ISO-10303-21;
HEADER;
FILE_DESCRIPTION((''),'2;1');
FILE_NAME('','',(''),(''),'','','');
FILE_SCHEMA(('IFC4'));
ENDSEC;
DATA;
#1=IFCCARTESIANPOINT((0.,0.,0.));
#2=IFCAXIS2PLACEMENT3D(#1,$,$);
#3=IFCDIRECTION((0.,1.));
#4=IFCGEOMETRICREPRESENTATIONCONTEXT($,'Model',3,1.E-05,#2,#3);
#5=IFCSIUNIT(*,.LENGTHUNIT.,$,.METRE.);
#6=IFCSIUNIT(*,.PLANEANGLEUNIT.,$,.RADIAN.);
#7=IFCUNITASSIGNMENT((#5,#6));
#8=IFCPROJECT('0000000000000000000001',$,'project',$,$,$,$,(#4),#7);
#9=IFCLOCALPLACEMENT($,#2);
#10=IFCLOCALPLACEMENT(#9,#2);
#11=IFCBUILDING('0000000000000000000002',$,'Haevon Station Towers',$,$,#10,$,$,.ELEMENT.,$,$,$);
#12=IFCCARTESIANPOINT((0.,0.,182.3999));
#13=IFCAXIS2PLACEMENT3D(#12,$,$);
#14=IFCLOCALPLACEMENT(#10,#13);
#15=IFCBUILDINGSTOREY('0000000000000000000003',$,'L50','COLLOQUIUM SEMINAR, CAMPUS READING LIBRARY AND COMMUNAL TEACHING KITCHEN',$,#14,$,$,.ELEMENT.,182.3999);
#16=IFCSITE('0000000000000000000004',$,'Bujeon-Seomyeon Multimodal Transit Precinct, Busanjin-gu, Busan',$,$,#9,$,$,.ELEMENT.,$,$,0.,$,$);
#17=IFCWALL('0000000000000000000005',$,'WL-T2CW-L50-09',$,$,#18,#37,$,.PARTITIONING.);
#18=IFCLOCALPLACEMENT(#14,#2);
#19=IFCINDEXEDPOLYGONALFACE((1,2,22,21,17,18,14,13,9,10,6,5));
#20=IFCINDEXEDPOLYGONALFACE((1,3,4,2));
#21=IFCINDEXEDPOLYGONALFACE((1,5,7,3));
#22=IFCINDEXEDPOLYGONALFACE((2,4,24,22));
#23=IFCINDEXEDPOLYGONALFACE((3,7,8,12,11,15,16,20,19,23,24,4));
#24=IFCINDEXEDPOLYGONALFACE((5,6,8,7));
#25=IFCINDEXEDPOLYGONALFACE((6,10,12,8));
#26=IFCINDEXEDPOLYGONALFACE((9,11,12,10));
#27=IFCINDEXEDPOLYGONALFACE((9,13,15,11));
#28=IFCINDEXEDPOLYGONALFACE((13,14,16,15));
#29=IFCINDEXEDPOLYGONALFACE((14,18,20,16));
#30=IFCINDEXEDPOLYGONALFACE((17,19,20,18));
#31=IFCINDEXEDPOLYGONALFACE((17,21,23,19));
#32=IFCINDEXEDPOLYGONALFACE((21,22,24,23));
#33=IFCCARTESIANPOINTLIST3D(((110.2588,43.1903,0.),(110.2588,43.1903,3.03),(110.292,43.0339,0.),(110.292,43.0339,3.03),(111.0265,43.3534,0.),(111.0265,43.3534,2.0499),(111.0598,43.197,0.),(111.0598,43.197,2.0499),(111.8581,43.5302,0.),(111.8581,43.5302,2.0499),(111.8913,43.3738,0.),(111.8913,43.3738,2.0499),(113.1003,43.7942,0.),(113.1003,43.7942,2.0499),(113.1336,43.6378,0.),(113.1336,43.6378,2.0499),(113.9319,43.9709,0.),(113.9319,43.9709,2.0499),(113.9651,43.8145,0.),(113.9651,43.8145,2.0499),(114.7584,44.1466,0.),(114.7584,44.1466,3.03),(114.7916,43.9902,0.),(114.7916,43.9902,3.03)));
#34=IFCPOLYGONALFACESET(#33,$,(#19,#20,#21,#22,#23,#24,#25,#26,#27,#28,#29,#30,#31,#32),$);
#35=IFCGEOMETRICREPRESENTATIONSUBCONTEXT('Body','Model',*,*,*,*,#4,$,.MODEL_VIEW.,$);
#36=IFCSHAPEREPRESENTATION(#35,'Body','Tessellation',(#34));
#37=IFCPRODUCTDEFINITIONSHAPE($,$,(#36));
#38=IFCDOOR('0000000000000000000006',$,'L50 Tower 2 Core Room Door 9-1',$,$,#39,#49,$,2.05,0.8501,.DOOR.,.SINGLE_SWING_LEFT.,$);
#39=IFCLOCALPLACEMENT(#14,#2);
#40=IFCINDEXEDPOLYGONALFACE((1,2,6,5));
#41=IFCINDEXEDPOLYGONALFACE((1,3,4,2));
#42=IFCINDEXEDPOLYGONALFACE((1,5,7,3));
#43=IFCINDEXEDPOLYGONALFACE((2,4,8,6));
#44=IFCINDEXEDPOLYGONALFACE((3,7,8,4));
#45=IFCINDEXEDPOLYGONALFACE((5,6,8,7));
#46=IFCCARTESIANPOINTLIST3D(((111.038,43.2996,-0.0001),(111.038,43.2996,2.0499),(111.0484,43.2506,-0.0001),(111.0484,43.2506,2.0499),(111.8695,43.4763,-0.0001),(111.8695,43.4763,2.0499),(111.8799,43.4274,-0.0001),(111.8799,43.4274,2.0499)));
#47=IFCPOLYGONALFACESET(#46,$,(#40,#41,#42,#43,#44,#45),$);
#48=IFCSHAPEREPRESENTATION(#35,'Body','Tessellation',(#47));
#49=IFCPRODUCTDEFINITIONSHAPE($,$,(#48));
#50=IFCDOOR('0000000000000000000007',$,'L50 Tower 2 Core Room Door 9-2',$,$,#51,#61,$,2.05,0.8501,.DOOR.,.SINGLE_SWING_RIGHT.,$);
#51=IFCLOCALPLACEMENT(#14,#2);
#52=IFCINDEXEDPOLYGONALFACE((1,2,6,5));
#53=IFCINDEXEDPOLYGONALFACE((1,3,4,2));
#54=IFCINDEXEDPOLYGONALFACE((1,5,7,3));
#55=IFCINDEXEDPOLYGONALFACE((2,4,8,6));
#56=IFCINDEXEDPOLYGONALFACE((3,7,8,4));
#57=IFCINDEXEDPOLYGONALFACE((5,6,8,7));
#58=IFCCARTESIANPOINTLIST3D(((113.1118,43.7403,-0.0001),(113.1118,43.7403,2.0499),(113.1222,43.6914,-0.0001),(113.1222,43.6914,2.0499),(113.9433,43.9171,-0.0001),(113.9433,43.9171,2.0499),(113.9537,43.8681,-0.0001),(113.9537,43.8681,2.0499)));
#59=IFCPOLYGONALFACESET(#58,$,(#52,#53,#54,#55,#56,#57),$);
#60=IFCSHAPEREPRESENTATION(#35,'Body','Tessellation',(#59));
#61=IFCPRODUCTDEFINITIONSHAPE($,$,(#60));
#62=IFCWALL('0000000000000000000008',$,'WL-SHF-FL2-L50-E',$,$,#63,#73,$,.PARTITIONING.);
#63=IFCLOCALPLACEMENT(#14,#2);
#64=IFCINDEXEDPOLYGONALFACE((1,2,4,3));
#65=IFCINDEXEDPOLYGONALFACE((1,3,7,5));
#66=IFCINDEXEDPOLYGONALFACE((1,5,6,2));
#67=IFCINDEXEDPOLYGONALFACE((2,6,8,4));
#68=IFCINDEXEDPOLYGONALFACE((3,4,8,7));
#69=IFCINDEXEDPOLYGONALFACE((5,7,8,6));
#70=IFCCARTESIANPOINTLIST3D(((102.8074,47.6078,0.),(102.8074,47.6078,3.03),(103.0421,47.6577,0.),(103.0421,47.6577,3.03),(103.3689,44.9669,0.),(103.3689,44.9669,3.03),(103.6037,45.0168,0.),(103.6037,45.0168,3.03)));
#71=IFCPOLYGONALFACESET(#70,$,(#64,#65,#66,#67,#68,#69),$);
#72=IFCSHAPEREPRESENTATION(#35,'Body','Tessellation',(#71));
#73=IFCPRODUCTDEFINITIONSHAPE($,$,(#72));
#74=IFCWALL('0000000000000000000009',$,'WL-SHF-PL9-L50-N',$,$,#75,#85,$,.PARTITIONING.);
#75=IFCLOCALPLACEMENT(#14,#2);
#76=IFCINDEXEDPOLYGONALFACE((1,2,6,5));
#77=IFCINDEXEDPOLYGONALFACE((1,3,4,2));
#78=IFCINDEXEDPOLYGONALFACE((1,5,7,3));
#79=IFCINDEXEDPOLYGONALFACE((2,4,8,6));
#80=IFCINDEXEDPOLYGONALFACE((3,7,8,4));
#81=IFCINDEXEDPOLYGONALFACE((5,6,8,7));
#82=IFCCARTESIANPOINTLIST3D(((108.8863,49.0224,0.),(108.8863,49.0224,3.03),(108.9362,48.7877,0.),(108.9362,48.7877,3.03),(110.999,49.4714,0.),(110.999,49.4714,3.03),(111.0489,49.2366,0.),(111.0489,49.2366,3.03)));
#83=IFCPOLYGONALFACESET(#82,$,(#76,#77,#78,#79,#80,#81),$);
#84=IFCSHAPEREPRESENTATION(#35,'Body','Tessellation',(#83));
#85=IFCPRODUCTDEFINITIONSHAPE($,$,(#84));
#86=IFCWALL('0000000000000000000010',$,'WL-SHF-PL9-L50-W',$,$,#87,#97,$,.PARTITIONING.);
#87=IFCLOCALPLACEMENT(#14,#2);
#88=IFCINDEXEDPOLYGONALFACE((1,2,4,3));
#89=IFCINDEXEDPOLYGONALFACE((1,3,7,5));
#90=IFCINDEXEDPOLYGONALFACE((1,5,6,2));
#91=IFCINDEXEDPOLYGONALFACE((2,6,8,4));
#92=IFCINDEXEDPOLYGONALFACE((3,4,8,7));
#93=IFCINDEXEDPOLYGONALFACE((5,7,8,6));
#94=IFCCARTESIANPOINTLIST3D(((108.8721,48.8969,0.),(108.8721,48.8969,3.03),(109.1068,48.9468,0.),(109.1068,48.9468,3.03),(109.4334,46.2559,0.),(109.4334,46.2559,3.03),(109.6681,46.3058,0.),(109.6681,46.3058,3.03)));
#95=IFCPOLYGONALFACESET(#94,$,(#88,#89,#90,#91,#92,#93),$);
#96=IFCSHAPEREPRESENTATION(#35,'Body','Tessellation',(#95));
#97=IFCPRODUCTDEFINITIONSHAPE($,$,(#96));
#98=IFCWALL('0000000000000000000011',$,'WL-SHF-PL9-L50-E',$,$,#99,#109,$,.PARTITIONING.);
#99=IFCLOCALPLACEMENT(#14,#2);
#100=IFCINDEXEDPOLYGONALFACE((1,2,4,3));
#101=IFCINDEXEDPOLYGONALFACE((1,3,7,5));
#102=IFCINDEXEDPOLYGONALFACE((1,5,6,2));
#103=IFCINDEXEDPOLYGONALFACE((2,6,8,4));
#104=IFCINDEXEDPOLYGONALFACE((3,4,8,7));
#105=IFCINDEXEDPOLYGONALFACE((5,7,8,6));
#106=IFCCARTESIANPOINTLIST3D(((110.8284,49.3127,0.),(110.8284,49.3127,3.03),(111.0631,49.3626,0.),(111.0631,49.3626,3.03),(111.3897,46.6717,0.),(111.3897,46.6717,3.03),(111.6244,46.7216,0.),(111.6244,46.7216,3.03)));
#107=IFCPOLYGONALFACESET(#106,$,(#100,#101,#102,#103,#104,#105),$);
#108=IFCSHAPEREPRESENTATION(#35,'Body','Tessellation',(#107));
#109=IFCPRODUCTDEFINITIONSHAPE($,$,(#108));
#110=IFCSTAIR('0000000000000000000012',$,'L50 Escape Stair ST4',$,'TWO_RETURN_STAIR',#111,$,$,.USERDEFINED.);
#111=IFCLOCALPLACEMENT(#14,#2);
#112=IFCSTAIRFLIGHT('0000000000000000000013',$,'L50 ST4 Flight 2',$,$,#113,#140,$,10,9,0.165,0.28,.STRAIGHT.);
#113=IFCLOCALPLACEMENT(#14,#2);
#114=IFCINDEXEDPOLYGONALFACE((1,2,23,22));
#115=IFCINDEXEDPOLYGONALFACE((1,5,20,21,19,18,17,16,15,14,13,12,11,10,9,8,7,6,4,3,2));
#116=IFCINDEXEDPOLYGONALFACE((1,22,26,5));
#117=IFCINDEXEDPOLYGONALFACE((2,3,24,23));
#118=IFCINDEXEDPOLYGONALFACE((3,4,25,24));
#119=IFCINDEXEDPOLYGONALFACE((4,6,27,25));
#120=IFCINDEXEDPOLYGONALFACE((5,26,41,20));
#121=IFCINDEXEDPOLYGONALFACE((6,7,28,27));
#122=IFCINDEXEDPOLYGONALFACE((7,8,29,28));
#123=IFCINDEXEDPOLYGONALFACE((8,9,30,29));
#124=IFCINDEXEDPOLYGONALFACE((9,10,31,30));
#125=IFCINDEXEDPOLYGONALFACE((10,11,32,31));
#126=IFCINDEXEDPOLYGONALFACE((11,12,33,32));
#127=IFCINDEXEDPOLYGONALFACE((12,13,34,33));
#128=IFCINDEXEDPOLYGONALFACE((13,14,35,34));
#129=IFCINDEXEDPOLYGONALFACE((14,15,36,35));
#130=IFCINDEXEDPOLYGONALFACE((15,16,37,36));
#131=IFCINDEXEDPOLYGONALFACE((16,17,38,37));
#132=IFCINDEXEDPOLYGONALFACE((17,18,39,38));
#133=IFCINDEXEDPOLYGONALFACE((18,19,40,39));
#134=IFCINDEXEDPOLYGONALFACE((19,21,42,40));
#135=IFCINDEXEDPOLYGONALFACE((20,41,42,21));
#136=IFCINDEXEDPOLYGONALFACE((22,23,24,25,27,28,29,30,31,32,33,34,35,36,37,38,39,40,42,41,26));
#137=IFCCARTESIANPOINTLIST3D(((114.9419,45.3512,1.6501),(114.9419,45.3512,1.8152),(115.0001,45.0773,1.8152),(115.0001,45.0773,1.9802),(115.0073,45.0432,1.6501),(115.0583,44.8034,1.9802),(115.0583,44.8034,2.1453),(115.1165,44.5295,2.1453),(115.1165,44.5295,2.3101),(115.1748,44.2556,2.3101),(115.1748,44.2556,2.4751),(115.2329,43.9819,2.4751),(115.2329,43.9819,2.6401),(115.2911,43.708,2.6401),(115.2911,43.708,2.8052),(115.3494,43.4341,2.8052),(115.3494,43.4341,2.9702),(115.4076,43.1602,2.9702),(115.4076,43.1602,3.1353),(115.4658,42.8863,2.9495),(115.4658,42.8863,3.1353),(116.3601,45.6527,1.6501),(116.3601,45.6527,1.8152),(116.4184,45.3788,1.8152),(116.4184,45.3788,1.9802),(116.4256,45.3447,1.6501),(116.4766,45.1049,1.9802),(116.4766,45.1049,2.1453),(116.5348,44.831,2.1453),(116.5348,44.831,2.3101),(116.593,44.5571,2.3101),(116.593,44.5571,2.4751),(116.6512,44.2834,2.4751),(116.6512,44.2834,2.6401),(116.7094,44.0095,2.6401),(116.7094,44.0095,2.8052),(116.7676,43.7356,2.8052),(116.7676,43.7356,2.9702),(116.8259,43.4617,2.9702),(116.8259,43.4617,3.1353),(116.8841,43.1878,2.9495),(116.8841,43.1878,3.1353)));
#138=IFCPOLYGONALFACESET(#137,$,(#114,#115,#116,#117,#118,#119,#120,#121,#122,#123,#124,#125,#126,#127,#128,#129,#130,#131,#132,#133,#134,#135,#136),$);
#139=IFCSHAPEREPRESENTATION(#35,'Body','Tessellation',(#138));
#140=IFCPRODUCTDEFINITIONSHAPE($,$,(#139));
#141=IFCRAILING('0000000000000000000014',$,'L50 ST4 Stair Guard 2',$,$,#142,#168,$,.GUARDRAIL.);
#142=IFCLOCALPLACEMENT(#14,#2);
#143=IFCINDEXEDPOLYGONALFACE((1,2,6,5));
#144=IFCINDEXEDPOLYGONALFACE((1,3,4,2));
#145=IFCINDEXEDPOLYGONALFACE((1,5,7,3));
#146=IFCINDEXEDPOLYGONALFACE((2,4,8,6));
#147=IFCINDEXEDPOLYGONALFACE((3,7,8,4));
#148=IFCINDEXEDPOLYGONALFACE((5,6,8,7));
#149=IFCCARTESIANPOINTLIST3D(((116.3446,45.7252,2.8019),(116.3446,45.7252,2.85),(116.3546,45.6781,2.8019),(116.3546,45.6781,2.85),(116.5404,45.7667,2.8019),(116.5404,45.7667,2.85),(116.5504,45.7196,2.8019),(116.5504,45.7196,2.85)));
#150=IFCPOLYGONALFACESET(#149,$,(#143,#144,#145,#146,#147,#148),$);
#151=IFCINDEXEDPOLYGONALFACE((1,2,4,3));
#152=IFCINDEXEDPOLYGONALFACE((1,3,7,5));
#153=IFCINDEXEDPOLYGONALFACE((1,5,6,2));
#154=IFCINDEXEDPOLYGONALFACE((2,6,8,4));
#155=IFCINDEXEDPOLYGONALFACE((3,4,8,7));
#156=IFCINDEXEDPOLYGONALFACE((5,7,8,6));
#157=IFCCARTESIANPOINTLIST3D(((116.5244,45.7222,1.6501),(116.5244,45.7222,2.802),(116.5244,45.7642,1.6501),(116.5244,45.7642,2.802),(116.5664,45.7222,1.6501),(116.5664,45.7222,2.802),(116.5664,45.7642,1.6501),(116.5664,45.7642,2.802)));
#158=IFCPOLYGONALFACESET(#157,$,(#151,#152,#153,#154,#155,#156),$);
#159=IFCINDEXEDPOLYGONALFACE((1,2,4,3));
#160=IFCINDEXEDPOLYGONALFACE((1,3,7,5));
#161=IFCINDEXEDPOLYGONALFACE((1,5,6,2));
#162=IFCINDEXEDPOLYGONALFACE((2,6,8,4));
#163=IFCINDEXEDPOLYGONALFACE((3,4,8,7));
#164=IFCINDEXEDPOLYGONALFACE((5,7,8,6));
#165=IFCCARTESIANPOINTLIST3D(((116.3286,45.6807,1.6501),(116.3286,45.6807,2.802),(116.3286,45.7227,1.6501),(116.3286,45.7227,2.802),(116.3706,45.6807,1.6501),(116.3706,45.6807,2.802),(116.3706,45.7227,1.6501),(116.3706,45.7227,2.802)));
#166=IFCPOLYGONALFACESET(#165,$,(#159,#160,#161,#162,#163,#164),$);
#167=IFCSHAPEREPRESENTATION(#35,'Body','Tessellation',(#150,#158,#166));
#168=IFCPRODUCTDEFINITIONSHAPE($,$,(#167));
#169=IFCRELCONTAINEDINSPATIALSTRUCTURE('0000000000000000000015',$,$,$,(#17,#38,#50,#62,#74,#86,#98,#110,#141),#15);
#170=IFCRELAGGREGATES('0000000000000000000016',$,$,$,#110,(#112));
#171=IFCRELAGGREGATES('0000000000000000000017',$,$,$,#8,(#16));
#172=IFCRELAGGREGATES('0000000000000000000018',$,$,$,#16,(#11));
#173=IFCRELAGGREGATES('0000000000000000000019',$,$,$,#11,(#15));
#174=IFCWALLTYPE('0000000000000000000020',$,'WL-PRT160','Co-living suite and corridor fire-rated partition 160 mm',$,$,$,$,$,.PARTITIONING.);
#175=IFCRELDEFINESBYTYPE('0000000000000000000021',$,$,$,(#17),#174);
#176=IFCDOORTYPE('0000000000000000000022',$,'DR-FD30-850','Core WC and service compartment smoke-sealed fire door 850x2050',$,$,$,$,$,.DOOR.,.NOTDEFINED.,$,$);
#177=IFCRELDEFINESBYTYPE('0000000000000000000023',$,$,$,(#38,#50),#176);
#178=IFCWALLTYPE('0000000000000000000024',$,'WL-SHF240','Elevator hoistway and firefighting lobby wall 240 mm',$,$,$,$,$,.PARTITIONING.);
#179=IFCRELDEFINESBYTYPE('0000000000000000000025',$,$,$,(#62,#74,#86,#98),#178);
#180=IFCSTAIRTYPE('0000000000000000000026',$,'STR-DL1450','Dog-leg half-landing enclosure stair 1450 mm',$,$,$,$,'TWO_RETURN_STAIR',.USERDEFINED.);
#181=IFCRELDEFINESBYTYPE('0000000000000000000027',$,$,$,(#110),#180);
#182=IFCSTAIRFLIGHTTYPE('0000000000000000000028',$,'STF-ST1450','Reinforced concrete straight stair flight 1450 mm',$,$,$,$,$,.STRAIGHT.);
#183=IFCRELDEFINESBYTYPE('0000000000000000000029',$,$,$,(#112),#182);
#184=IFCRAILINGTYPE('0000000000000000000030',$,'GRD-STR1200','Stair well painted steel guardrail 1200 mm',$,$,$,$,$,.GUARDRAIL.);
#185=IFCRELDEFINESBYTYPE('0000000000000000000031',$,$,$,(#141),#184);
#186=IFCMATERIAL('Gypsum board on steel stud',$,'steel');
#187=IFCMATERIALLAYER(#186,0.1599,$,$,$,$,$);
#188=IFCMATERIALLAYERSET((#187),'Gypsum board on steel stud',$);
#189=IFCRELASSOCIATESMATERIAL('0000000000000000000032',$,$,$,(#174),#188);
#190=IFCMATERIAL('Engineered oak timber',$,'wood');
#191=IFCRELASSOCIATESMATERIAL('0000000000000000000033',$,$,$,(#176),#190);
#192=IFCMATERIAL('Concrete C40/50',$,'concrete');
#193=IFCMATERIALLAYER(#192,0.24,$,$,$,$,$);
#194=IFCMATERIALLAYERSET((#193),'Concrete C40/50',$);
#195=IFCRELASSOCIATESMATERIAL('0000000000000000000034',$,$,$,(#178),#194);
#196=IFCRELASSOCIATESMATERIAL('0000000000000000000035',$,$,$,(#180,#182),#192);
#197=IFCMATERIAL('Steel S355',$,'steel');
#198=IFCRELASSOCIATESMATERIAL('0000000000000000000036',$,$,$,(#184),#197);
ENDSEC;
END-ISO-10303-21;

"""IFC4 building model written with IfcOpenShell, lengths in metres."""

from ifc_helpers import new_model, si_unit, direction, frame, frame_2d, origin, origin_2d, place, context, subcontext, project, spatial, polyline, rectangle, outline, extrude, material, layer, layer_set, type_object, element, fill, aggregate, save


model = new_model("IFC4")

# Units and contexts
model_context = context("Model", 3, precision=1e-05, world=origin(), true_north=direction((0.0, 1.0)))
body_context = subcontext(model_context, "Body", "Model", "MODEL_VIEW")
ifc_project = project(units=[si_unit("LENGTHUNIT", "METRE"), si_unit("PLANEANGLEUNIT", "RADIAN")], contexts=[model_context])

# Site, building, storey
site_placement = place(None, origin())
site = spatial("IfcSite", under=ifc_project, at=site_placement, Name="Bujeon-Seomyeon Multimodal Transit Precinct, Busanjin-gu, Busan", CompositionType="ELEMENT", RefElevation=0.0)
building_placement = place(site_placement, origin())
building = spatial("IfcBuilding", under=site, at=building_placement, Name="Haevon Station Towers", CompositionType="ELEMENT")
storey_placement = place(building_placement, frame((0.0, 0.0, 182.3999)))
storey = spatial("IfcBuildingStorey", under=building, at=storey_placement, Name="L50", Description="COLLOQUIUM SEMINAR, CAMPUS READING LIBRARY AND COMMUNAL TEACHING KITCHEN", CompositionType="ELEMENT", Elevation=182.3999)

# Shared definitions
ifc_material_1 = material(Name="Steel S355", Category="steel")

# Shared definitions
ifc_material_2 = material(Name="Gypsum board on steel stud", Category="steel")
ifc_material_3 = material(Name="Engineered oak timber", Category="wood")

# Shared definitions
ifc_layer_1 = layer(ifc_material_2, 0.1599)
ifc_layer_set_1 = layer_set([ifc_layer_1], Name="Gypsum board on steel stud")
wall_type_1 = type_object("IfcWallType", Name="WL-PRT160", Description="Co-living suite and corridor fire-rated partition 160 mm", PredefinedType="PARTITIONING", material=ifc_layer_set_1)

# Wall, openings, doors
wall_1_placement = place(storey_placement, frame((110.2754, 43.1121, 0.0), z_axis=(0.0, 0.0, 1.0), x_axis=(0.978152, 0.20789, 0.0)))
wall_1 = element("IfcWall", 1, at=wall_1_placement, inside=storey, type_object=wall_type_1, Name="WL-T2CW-L50-09", PredefinedType="PARTITIONING", context=body_context, shape_type="SweptSolid", body=[
    extrude(rectangle(XDim=4.6001, YDim=0.1599, at=frame_2d((2.3, 0.0))), origin(), (0.0, 0.0, 1.0), 3.03),
])
opening_1_placement = place(wall_1_placement, frame((0.7849, 0.0, 0.0)))
opening_1 = element("IfcOpeningElement", 2, at=opening_1_placement, cuts=wall_1, PredefinedType="OPENING", context=body_context, shape_type="SweptSolid", body=[
    extrude(rectangle(XDim=0.8501, YDim=2.05, at=frame_2d((0.425, 1.0249))), frame((0.0, 0.0898, 0.0), z_axis=(0.0, -1.0, 0.0), x_axis=(1.0, 0.0, 0.0)), (0.0, 0.0, 1.0), 0.1799),
])
opening_2_placement = place(wall_1_placement, frame((2.905, 0.0, 0.0)))
opening_2 = element("IfcOpeningElement", 3, at=opening_2_placement, cuts=wall_1, PredefinedType="OPENING", context=body_context, shape_type="SweptSolid", body=[
    extrude(rectangle(XDim=0.8501, YDim=2.05, at=frame_2d((0.425, 1.0249))), frame((0.0, 0.0898, 0.0), z_axis=(0.0, -1.0, 0.0), x_axis=(1.0, 0.0, 0.0)), (0.0, 0.0, 1.0), 0.1799),
])
door_type_1 = type_object("IfcDoorType", Name="DR-FD30-850", Description="Core WC and service compartment smoke-sealed fire door 850x2050", OperationType="NOTDEFINED", PredefinedType="DOOR", material=ifc_material_3)
door_1_placement = place(opening_1_placement, origin())
door_1 = element("IfcDoor", 4, at=door_1_placement, inside=storey, type_object=door_type_1, Name="L50 Tower 2 Core Room Door 9-1", OperationType="SINGLE_SWING_LEFT", OverallHeight=2.05, OverallWidth=0.8501, PredefinedType="DOOR", context=body_context, shape_type="SweptSolid", body=[
    extrude(rectangle(XDim=0.8501, YDim=2.05, at=frame_2d((0.425, 1.0249))), frame((0.0, 0.0249, 0.0), z_axis=(0.0, -1.0, 0.0), x_axis=(1.0, 0.0, 0.0)), (0.0, 0.0, 1.0), 0.05),
])
fill(opening_1, door_1)
door_2_placement = place(opening_2_placement, origin())
door_2 = element("IfcDoor", 5, at=door_2_placement, inside=storey, type_object=door_type_1, Name="L50 Tower 2 Core Room Door 9-2", OperationType="SINGLE_SWING_RIGHT", OverallHeight=2.05, OverallWidth=0.8501, PredefinedType="DOOR", context=body_context, shape_type="SweptSolid", body=[
    extrude(rectangle(XDim=0.8501, YDim=2.05, at=frame_2d((0.425, 1.0249))), frame((0.0, 0.0249, 0.0), z_axis=(0.0, -1.0, 0.0), x_axis=(1.0, 0.0, 0.0)), (0.0, 0.0, 1.0), 0.05),
])
fill(opening_2, door_2)

# Wall
ifc_material_4 = material(Name="Concrete C40/50", Category="concrete")
ifc_layer_2 = layer(ifc_material_4, 0.24)
ifc_layer_set_2 = layer_set([ifc_layer_2], Name="Concrete C40/50")
wall_type_2 = type_object("IfcWallType", Name="WL-SHF240", Description="Elevator hoistway and firefighting lobby wall 240 mm", PredefinedType="PARTITIONING", material=ifc_layer_set_2)
wall_2_placement = place(storey_placement, frame((103.4863, 44.9917, 0.0), z_axis=(0.0, 0.0, 1.0), x_axis=(-0.207979, 0.978133, 0.0)))
element("IfcWall", 6, at=wall_2_placement, inside=storey, type_object=wall_type_2, Name="WL-SHF-FL2-L50-E", PredefinedType="PARTITIONING", context=body_context, shape_type="SweptSolid", body=[
    extrude(rectangle(XDim=2.7, YDim=0.24, at=frame_2d((1.3501, 0.0))), origin(), (0.0, 0.0, 1.0), 3.03),
])

# Walls
wall_3_placement = place(storey_placement, frame((108.9111, 48.905, 0.0), z_axis=(0.0, 0.0, 1.0), x_axis=(0.978158, 0.207861, 0.0)))
element("IfcWall", 7, at=wall_3_placement, inside=storey, type_object=wall_type_2, Name="WL-SHF-PL9-L50-N", PredefinedType="PARTITIONING", context=body_context, shape_type="SweptSolid", body=[
    extrude(rectangle(XDim=2.1599, YDim=0.24, at=frame_2d((1.0801, 0.0))), origin(), (0.0, 0.0, 1.0), 3.03),
])
for number, where, z_axis, x_axis, name in (
    (8, (109.5508, 46.2808, 0.0), (0.0, 0.0, 1.0), (-0.207892, 0.978152, 0.0), "WL-SHF-PL9-L50-W"),
    (9, (111.5071, 46.6965, 0.0), (0.0, 0.0, 1.0), (-0.207892, 0.978152, 0.0), "WL-SHF-PL9-L50-E"),
):
    element("IfcWall", number, at=place(storey_placement, frame(where, z_axis=z_axis, x_axis=x_axis)), inside=storey, type_object=wall_type_2, Name=name, PredefinedType="PARTITIONING", context=body_context, shape_type="SweptSolid", body=[
        extrude(rectangle(XDim=2.7, YDim=0.24, at=frame_2d((1.3501, 0.0))), origin(), (0.0, 0.0, 1.0), 3.03),
    ])

# Stair, stair flight
stair_type = type_object("IfcStairType", Name="STR-DL1450", Description="Dog-leg half-landing enclosure stair 1450 mm", ElementType="TWO_RETURN_STAIR", PredefinedType="USERDEFINED", material=ifc_material_4)
stair_placement = place(storey_placement, origin())
stair = element("IfcStair", 10, at=stair_placement, inside=storey, type_object=stair_type, Name="L50 Escape Stair ST4", ObjectType="TWO_RETURN_STAIR", PredefinedType="USERDEFINED")
stair_flight_type = type_object("IfcStairFlightType", Name="STF-ST1450", Description="Reinforced concrete straight stair flight 1450 mm", PredefinedType="STRAIGHT", material=ifc_material_4)
stair_flight_placement = place(storey_placement, frame((115.6509, 45.502, 1.6501), z_axis=(0.0, 0.0, 1.0), x_axis=(0.207912, -0.978148, 0.0)))
stair_flight = element("IfcStairFlight", 11, at=stair_flight_placement, type_object=stair_flight_type, Name="L50 ST4 Flight 2", NumberOfRisers=10, NumberOfTreads=9, PredefinedType="STRAIGHT", RiserHeight=0.165, TreadLength=0.28, context=body_context, shape_type="SweptSolid", body=[
    extrude(outline(polyline([(0.0, 0.0), (0.0, 0.165), (0.28, 0.165), (0.28, 0.3301), (0.5601, 0.3301), (0.5601, 0.4951), (0.8401, 0.4951), (0.8401, 0.6599), (1.1201, 0.6599), (1.1201, 0.825), (1.3999, 0.825), (1.3999, 0.99), (1.6799, 0.99), (1.6799, 1.155), (1.96, 1.155), (1.96, 1.3201), (2.24, 1.3201), (2.24, 1.4851), (2.52, 1.4851), (2.52, 1.6499), (2.52, 1.2993), (0.3149, 0.0), (0.0, 0.0)])), frame((0.0, 0.7251, 0.0), z_axis=(0.0, -1.0, 0.0), x_axis=(1.0, 0.0, 0.0)), (0.0, 0.0, 1.0), 1.45),
])
aggregate(stair, [stair_flight])

# Railing
railing_type_1 = type_object("IfcRailingType", Name="GRD-STR1200", Description="Stair well painted steel guardrail 1200 mm", PredefinedType="GUARDRAIL", material=ifc_material_1)
railing_1_placement = place(storey_placement, frame((116.5454, 45.7432, 1.6501)))
element("IfcRailing", 12, at=railing_1_placement, inside=storey, type_object=railing_type_1, Name="L50 ST4 Stair Guard 2", PredefinedType="GUARDRAIL", context=body_context, shape_type="SweptSolid", body=[
    extrude(rectangle(XDim=0.0481, YDim=0.0481, at=origin_2d()), frame((0.0, 0.0, 1.1758), z_axis=(-0.978264, -0.207363, 0.0), x_axis=(0.207363, -0.978264, 0.0)), (0.0, 0.0, 1.0), 0.2002),
    extrude(rectangle(XDim=0.042, YDim=0.042, at=origin_2d()), origin(), (0.0, 0.0, 1.0), 1.1519),
    extrude(rectangle(XDim=0.042, YDim=0.042, at=origin_2d()), frame((-0.1958, -0.0415, 0.0)), (0.0, 0.0, 1.0), 1.1519),
])

save(model, "model.ifc")
